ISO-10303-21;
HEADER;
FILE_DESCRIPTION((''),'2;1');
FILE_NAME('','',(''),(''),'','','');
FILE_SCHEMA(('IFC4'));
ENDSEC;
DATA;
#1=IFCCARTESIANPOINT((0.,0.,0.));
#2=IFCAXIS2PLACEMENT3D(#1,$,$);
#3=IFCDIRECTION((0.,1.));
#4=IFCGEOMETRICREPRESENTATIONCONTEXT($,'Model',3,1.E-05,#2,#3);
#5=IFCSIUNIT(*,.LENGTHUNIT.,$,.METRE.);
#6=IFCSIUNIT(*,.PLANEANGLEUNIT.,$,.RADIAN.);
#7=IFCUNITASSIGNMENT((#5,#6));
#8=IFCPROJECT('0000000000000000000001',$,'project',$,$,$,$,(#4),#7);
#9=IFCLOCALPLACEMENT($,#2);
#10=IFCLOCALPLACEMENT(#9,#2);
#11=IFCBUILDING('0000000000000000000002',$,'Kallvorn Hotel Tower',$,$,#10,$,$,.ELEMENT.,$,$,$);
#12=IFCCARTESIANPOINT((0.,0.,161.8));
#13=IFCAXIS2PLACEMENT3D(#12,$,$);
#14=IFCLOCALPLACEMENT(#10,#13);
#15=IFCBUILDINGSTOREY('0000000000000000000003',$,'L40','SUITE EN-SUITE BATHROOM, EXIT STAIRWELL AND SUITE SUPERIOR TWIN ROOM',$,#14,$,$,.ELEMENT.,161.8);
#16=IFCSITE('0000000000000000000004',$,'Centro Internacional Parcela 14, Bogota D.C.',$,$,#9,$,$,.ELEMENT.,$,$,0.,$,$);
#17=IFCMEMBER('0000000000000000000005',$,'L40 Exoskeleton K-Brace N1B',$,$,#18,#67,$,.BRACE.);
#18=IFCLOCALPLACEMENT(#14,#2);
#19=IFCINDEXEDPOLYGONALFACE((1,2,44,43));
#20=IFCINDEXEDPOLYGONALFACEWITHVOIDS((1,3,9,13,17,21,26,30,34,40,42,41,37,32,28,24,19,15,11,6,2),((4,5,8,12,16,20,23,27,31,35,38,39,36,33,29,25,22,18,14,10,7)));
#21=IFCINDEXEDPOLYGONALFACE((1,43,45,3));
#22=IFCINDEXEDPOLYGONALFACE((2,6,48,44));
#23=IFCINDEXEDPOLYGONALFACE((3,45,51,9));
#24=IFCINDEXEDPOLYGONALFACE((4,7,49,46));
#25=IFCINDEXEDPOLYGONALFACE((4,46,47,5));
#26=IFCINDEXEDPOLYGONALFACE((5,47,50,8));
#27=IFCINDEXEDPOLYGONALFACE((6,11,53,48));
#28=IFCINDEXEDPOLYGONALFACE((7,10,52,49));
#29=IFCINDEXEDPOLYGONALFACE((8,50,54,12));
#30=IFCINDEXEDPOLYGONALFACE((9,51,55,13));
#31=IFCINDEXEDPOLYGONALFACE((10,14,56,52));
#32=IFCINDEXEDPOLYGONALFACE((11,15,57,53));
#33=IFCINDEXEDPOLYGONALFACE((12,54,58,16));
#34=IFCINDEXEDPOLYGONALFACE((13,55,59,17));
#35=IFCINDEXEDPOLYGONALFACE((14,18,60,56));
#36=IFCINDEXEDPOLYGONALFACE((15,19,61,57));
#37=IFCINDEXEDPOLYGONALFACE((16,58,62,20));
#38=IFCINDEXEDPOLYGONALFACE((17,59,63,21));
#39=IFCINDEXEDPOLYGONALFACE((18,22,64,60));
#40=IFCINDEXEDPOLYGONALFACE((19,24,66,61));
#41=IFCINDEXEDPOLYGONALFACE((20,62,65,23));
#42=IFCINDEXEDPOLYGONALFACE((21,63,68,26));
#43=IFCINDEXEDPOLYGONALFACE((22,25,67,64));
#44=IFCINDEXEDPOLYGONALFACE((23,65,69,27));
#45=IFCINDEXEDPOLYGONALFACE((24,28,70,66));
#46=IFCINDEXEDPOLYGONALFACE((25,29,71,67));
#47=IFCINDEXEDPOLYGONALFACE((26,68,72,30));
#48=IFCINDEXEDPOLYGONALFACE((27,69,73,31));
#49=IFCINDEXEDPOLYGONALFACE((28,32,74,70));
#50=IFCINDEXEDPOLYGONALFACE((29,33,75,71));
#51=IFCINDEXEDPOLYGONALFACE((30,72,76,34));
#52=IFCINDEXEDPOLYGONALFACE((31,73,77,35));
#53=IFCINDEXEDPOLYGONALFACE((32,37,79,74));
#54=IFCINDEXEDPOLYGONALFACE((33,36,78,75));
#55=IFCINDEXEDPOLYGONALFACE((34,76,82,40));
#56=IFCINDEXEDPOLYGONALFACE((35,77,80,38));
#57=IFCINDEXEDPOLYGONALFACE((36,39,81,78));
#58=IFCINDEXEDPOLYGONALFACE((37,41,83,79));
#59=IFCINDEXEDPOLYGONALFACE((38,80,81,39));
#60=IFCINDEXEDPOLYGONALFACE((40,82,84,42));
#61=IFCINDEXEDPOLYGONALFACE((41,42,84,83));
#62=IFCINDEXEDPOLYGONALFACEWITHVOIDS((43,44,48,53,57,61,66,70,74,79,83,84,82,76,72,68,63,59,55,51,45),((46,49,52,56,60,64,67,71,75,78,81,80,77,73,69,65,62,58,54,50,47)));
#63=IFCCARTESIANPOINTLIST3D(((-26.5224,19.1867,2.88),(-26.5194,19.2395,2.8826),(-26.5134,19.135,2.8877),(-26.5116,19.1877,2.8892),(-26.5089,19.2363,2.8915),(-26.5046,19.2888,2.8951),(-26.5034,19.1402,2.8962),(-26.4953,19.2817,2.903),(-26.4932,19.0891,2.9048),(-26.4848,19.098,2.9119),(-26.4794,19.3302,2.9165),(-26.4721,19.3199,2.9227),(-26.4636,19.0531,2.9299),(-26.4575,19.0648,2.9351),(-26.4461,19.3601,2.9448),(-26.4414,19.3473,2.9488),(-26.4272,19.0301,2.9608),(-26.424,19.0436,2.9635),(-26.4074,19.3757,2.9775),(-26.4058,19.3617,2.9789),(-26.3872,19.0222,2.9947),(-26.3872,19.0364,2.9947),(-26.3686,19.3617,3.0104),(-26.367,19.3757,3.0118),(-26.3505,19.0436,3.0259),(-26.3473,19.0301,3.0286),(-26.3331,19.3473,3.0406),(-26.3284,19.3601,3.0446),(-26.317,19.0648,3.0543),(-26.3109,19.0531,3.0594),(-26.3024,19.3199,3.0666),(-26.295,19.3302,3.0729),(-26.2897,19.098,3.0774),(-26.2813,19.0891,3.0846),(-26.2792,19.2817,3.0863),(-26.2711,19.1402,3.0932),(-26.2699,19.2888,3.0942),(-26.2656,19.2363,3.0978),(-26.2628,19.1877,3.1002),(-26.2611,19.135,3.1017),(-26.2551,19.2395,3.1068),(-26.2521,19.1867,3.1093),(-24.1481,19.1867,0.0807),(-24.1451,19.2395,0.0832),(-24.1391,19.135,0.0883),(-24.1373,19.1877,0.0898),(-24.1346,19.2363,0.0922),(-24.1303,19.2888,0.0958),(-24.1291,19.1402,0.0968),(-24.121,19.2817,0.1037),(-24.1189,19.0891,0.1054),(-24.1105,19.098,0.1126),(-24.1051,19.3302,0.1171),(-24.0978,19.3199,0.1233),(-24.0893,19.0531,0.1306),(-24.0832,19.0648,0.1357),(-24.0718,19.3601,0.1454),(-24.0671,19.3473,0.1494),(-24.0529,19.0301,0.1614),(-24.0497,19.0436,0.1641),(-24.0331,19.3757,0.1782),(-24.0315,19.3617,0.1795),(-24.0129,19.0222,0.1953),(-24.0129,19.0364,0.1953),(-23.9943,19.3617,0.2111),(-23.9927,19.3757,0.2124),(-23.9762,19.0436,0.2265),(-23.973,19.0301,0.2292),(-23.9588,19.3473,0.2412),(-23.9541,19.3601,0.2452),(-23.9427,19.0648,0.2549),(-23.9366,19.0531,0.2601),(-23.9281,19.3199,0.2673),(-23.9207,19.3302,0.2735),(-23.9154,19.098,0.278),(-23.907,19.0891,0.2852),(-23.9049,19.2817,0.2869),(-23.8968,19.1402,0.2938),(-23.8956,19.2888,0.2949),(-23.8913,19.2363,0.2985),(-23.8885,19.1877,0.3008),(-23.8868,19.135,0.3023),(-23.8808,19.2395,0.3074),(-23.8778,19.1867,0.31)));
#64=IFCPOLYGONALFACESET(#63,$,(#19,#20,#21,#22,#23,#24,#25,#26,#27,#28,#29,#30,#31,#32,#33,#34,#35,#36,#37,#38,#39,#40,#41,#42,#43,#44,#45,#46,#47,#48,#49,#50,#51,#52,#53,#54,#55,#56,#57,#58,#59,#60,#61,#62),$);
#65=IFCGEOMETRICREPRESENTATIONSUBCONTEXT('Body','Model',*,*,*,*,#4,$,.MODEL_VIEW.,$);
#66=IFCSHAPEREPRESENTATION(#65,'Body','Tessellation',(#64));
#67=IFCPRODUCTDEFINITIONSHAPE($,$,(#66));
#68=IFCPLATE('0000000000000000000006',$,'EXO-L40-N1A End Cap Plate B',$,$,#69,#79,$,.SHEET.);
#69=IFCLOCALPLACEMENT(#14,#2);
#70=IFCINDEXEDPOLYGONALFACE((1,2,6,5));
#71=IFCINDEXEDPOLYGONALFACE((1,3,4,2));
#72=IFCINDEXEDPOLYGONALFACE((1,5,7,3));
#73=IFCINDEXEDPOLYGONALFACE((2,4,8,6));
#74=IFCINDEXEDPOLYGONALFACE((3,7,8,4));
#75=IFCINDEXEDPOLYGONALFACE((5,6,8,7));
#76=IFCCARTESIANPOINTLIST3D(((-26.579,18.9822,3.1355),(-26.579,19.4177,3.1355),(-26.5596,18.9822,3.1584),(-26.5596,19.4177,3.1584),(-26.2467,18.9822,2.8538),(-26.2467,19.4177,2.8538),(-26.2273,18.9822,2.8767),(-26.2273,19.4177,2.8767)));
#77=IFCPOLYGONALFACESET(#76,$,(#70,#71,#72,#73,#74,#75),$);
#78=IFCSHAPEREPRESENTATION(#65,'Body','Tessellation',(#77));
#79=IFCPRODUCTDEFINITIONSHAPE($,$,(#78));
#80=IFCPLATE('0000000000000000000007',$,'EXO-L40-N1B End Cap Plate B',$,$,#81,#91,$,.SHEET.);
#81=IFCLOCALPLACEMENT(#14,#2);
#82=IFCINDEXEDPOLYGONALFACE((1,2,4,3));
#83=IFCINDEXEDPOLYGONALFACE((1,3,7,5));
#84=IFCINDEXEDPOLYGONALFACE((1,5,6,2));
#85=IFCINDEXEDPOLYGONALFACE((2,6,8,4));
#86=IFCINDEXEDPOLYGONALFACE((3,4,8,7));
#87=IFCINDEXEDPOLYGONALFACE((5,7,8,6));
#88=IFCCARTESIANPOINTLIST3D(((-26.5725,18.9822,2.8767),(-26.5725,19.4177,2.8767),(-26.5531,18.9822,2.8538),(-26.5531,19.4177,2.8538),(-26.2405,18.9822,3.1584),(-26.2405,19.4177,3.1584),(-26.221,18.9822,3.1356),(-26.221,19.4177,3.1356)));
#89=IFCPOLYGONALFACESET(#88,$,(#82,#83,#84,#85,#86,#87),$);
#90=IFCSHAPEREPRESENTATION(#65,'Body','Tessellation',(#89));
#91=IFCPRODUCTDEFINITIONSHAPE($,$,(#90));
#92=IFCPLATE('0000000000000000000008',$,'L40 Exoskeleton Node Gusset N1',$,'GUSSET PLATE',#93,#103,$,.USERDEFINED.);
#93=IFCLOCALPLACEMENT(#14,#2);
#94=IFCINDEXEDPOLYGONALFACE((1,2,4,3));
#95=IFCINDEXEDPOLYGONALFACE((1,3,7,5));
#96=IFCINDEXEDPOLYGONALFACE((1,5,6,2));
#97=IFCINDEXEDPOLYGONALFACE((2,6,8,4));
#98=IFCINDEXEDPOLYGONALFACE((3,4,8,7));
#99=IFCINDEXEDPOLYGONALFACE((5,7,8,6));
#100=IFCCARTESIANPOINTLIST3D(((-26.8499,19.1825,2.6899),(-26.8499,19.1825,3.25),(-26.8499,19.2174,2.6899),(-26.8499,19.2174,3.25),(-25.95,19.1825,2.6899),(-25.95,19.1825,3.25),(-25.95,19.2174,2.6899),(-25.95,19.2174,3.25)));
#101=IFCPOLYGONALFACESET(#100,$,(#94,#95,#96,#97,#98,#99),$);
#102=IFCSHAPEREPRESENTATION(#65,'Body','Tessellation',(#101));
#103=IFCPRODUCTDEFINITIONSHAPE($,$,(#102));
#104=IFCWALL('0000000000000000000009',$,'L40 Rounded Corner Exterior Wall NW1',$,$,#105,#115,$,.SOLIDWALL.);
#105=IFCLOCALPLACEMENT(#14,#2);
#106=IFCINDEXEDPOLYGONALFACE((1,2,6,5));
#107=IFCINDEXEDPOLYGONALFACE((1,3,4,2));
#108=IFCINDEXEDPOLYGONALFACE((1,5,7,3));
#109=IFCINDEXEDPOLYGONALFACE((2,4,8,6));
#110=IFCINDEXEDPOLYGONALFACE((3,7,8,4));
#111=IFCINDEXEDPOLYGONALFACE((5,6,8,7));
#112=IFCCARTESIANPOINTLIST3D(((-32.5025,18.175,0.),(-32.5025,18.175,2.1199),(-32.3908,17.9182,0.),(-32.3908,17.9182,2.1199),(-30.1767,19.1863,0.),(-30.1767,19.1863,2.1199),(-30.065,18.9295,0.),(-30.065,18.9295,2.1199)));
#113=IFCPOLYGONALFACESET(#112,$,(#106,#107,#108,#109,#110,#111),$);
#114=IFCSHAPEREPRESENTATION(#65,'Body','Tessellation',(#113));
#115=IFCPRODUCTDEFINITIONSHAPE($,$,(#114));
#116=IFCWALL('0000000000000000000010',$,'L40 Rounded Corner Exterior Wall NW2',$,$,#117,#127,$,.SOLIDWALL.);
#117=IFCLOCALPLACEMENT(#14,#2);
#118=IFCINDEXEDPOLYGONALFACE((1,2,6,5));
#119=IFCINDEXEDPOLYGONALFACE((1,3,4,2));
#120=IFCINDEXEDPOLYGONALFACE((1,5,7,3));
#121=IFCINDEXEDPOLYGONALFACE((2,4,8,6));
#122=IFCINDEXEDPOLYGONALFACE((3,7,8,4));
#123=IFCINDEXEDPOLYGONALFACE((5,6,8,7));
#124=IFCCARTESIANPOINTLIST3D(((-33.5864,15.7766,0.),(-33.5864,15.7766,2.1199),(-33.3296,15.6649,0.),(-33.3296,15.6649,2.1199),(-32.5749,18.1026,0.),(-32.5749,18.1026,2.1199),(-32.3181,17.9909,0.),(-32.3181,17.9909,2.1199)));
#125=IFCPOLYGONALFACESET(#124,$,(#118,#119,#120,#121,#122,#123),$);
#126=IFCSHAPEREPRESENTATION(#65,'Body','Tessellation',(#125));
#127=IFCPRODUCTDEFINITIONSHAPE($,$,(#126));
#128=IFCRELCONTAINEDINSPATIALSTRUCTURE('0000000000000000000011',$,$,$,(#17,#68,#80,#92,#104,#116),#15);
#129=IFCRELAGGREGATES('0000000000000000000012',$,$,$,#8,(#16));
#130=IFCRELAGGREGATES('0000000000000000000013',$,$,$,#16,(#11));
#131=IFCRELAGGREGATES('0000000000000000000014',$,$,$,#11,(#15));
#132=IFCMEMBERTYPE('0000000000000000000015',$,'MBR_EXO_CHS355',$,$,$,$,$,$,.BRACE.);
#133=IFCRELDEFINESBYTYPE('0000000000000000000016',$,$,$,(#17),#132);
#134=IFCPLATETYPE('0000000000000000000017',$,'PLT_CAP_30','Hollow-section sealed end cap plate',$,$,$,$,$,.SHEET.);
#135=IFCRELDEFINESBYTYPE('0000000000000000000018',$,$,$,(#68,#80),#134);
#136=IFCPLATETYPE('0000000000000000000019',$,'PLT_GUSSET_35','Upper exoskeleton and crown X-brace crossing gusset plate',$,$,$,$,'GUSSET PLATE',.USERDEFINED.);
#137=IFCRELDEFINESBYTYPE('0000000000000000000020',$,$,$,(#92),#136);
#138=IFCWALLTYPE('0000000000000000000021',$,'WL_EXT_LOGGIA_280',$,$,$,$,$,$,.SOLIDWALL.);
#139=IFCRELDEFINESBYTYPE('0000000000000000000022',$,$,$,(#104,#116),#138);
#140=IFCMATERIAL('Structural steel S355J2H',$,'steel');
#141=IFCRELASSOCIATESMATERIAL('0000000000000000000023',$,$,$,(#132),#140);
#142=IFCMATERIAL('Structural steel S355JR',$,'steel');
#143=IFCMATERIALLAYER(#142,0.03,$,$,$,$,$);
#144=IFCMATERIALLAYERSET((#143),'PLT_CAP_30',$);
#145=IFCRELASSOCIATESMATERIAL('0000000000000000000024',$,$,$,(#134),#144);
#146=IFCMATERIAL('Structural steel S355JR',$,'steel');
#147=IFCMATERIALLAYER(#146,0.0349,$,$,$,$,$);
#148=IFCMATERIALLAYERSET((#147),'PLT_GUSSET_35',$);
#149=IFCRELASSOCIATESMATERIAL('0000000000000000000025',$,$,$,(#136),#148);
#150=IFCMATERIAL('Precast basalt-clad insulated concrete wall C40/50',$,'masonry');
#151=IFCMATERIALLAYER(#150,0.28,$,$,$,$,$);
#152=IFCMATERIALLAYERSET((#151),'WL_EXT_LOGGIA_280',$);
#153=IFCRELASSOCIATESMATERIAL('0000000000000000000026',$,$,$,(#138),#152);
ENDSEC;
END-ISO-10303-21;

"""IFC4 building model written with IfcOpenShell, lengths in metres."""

from ifc_helpers import new_model, si_unit, direction, frame, frame_2d, origin, origin_2d, place, context, subcontext, project, spatial, polyline, rectangle, hollow_circle, outline, extrude, material, layer, layer_set, material_profile, profile_set, type_object, element, save


model = new_model("IFC4")

# Units and contexts
model_context = context("Model", 3, precision=1e-05, world=origin(), true_north=direction((0.0, 1.0)))
body_context = subcontext(model_context, "Body", "Model", "MODEL_VIEW")
ifc_project = project(units=[si_unit("LENGTHUNIT", "METRE"), si_unit("PLANEANGLEUNIT", "RADIAN")], contexts=[model_context])

# Site, building, storey
site_placement = place(None, origin())
site = spatial("IfcSite", under=ifc_project, at=site_placement, Name="Centro Internacional Parcela 14, Bogota D.C.", CompositionType="ELEMENT", RefElevation=0.0)
building_placement = place(site_placement, origin())
building = spatial("IfcBuilding", under=site, at=building_placement, Name="Kallvorn Hotel Tower", CompositionType="ELEMENT")
storey_placement = place(building_placement, frame((0.0, 0.0, 161.8)))
storey = spatial("IfcBuildingStorey", under=building, at=storey_placement, Name="L40", Description="SUITE EN-SUITE BATHROOM, EXIT STAIRWELL AND SUITE SUPERIOR TWIN ROOM", CompositionType="ELEMENT", Elevation=161.8)

# Member
ifc_material_1 = material(Name="Structural steel S355J2H", Category="steel")
ifc_material_profile_1 = material_profile(ifc_material_1, hollow_circle(Radius=0.1777, WallThickness=0.0142, at=origin_2d()), Name="CHS 355.6x14.2")
ifc_profile_set_1 = profile_set([ifc_material_profile_1], Name="Structural steel S355J2H")
member_type_1 = type_object("IfcMemberType", Name="MBR_EXO_CHS355", PredefinedType="BRACE", material=ifc_profile_set_1)
for number, where, z_axis, x_axis, name in (
    (1, (-24.0129, 19.2, 0.1953), (-0.646833, 0.0, 0.762631), (0.0, -1.0, 0.0), "L40 Exoskeleton K-Brace N1B"),
):
    element("IfcMember", number, at=place(storey_placement, frame(where, z_axis=z_axis, x_axis=x_axis)), inside=storey, type_object=member_type_1, Name=name, PredefinedType="BRACE", context=body_context, shape_type="SweptSolid", body=[
        extrude(hollow_circle(Radius=0.1777, WallThickness=0.0142, at=origin_2d()), origin(), (0.0, 0.0, 1.0), 3.6707),
    ])

# Plates
ifc_material_2 = material(Name="Structural steel S355JR", Category="steel")
ifc_layer_1 = layer(ifc_material_2, 0.03)
ifc_layer_set_1 = layer_set([ifc_layer_1], Name="PLT_CAP_30")
plate_type_1 = type_object("IfcPlateType", Name="PLT_CAP_30", Description="Hollow-section sealed end cap plate", PredefinedType="SHEET", material=ifc_layer_set_1)
plate_1_placement = place(storey_placement, frame((-26.2273, 18.9822, 2.8767), z_axis=(0.646721, 0.0, 0.762727), x_axis=(0.0, 1.0, 0.0)))
element("IfcPlate", 2, at=plate_1_placement, inside=storey, type_object=plate_type_1, Name="EXO-L40-N1A End Cap Plate B", PredefinedType="SHEET", context=body_context, shape_type="SweptSolid", body=[
    extrude(outline(polyline([(0.0, 0.0), (0.4355, 0.0), (0.4355, 0.4356), (0.0, 0.4356), (0.0, 0.0)])), origin(), (0.0, 0.0, -1.0), 0.03),
])
plate_2_placement = place(storey_placement, frame((-26.5725, 19.4177, 2.8767), z_axis=(-0.646997, 0.0, 0.762492), x_axis=(0.0, -1.0, 0.0)))
element("IfcPlate", 3, at=plate_2_placement, inside=storey, type_object=plate_type_1, Name="EXO-L40-N1B End Cap Plate B", PredefinedType="SHEET", context=body_context, shape_type="SweptSolid", body=[
    extrude(outline(polyline([(0.0, 0.0), (0.4355, 0.0), (0.4355, 0.4355), (0.0, 0.4355), (0.0, 0.0)])), origin(), (0.0, 0.0, -1.0), 0.03),
])
ifc_material_3 = material(Name="Structural steel S355JR", Category="steel")
ifc_layer_2 = layer(ifc_material_3, 0.0349)
ifc_layer_set_2 = layer_set([ifc_layer_2], Name="PLT_GUSSET_35")
plate_type_2 = type_object("IfcPlateType", Name="PLT_GUSSET_35", Description="Upper exoskeleton and crown X-brace crossing gusset plate", ElementType="GUSSET PLATE", PredefinedType="USERDEFINED", material=ifc_layer_set_2)
plate_3_placement = place(storey_placement, frame((-26.3999, 19.2, 2.6899), z_axis=(0.0, 0.0, 1.0), x_axis=(1.0, 0.0, 0.0)))
element("IfcPlate", 4, at=plate_3_placement, inside=storey, type_object=plate_type_2, Name="L40 Exoskeleton Node Gusset N1", ObjectType="GUSSET PLATE", PredefinedType="USERDEFINED", context=body_context, shape_type="SweptSolid", body=[
    extrude(rectangle(XDim=0.8999, YDim=0.0349, at=origin_2d()), origin(), (0.0, 0.0, 1.0), 0.5601),
])

# Walls
ifc_material_4 = material(Name="Precast basalt-clad insulated concrete wall C40/50", Category="masonry")
ifc_layer_3 = layer(ifc_material_4, 0.28)
ifc_layer_set_3 = layer_set([ifc_layer_3], Name="WL_EXT_LOGGIA_280")
wall_type = type_object("IfcWallType", Name="WL_EXT_LOGGIA_280", PredefinedType="SOLIDWALL", material=ifc_layer_set_3)
wall_1_placement = place(storey_placement, frame((-30.1208, 19.0579, 0.0), z_axis=(0.0, 0.0, 1.0), x_axis=(-0.917061, -0.398747, 0.0)))
element("IfcWall", 5, at=wall_1_placement, inside=storey, type_object=wall_type, Name="L40 Rounded Corner Exterior Wall NW1", PredefinedType="SOLIDWALL", context=body_context, shape_type="SweptSolid", body=[
    extrude(rectangle(XDim=2.5361, YDim=0.28, at=frame_2d((1.2681, 0.0))), origin(), (0.0, 0.0, 1.0), 2.1199),
])
wall_2_placement = place(storey_placement, frame((-32.4465, 18.0466, 0.0), z_axis=(0.0, 0.0, 1.0), x_axis=(-0.398793, -0.917041, 0.0)))
element("IfcWall", 6, at=wall_2_placement, inside=storey, type_object=wall_type, Name="L40 Rounded Corner Exterior Wall NW2", PredefinedType="SOLIDWALL", context=body_context, shape_type="SweptSolid", body=[
    extrude(rectangle(XDim=2.5364, YDim=0.28, at=frame_2d((1.2681, 0.0))), origin(), (0.0, 0.0, 1.0), 2.1199),
])

save(model, "model.ifc")
